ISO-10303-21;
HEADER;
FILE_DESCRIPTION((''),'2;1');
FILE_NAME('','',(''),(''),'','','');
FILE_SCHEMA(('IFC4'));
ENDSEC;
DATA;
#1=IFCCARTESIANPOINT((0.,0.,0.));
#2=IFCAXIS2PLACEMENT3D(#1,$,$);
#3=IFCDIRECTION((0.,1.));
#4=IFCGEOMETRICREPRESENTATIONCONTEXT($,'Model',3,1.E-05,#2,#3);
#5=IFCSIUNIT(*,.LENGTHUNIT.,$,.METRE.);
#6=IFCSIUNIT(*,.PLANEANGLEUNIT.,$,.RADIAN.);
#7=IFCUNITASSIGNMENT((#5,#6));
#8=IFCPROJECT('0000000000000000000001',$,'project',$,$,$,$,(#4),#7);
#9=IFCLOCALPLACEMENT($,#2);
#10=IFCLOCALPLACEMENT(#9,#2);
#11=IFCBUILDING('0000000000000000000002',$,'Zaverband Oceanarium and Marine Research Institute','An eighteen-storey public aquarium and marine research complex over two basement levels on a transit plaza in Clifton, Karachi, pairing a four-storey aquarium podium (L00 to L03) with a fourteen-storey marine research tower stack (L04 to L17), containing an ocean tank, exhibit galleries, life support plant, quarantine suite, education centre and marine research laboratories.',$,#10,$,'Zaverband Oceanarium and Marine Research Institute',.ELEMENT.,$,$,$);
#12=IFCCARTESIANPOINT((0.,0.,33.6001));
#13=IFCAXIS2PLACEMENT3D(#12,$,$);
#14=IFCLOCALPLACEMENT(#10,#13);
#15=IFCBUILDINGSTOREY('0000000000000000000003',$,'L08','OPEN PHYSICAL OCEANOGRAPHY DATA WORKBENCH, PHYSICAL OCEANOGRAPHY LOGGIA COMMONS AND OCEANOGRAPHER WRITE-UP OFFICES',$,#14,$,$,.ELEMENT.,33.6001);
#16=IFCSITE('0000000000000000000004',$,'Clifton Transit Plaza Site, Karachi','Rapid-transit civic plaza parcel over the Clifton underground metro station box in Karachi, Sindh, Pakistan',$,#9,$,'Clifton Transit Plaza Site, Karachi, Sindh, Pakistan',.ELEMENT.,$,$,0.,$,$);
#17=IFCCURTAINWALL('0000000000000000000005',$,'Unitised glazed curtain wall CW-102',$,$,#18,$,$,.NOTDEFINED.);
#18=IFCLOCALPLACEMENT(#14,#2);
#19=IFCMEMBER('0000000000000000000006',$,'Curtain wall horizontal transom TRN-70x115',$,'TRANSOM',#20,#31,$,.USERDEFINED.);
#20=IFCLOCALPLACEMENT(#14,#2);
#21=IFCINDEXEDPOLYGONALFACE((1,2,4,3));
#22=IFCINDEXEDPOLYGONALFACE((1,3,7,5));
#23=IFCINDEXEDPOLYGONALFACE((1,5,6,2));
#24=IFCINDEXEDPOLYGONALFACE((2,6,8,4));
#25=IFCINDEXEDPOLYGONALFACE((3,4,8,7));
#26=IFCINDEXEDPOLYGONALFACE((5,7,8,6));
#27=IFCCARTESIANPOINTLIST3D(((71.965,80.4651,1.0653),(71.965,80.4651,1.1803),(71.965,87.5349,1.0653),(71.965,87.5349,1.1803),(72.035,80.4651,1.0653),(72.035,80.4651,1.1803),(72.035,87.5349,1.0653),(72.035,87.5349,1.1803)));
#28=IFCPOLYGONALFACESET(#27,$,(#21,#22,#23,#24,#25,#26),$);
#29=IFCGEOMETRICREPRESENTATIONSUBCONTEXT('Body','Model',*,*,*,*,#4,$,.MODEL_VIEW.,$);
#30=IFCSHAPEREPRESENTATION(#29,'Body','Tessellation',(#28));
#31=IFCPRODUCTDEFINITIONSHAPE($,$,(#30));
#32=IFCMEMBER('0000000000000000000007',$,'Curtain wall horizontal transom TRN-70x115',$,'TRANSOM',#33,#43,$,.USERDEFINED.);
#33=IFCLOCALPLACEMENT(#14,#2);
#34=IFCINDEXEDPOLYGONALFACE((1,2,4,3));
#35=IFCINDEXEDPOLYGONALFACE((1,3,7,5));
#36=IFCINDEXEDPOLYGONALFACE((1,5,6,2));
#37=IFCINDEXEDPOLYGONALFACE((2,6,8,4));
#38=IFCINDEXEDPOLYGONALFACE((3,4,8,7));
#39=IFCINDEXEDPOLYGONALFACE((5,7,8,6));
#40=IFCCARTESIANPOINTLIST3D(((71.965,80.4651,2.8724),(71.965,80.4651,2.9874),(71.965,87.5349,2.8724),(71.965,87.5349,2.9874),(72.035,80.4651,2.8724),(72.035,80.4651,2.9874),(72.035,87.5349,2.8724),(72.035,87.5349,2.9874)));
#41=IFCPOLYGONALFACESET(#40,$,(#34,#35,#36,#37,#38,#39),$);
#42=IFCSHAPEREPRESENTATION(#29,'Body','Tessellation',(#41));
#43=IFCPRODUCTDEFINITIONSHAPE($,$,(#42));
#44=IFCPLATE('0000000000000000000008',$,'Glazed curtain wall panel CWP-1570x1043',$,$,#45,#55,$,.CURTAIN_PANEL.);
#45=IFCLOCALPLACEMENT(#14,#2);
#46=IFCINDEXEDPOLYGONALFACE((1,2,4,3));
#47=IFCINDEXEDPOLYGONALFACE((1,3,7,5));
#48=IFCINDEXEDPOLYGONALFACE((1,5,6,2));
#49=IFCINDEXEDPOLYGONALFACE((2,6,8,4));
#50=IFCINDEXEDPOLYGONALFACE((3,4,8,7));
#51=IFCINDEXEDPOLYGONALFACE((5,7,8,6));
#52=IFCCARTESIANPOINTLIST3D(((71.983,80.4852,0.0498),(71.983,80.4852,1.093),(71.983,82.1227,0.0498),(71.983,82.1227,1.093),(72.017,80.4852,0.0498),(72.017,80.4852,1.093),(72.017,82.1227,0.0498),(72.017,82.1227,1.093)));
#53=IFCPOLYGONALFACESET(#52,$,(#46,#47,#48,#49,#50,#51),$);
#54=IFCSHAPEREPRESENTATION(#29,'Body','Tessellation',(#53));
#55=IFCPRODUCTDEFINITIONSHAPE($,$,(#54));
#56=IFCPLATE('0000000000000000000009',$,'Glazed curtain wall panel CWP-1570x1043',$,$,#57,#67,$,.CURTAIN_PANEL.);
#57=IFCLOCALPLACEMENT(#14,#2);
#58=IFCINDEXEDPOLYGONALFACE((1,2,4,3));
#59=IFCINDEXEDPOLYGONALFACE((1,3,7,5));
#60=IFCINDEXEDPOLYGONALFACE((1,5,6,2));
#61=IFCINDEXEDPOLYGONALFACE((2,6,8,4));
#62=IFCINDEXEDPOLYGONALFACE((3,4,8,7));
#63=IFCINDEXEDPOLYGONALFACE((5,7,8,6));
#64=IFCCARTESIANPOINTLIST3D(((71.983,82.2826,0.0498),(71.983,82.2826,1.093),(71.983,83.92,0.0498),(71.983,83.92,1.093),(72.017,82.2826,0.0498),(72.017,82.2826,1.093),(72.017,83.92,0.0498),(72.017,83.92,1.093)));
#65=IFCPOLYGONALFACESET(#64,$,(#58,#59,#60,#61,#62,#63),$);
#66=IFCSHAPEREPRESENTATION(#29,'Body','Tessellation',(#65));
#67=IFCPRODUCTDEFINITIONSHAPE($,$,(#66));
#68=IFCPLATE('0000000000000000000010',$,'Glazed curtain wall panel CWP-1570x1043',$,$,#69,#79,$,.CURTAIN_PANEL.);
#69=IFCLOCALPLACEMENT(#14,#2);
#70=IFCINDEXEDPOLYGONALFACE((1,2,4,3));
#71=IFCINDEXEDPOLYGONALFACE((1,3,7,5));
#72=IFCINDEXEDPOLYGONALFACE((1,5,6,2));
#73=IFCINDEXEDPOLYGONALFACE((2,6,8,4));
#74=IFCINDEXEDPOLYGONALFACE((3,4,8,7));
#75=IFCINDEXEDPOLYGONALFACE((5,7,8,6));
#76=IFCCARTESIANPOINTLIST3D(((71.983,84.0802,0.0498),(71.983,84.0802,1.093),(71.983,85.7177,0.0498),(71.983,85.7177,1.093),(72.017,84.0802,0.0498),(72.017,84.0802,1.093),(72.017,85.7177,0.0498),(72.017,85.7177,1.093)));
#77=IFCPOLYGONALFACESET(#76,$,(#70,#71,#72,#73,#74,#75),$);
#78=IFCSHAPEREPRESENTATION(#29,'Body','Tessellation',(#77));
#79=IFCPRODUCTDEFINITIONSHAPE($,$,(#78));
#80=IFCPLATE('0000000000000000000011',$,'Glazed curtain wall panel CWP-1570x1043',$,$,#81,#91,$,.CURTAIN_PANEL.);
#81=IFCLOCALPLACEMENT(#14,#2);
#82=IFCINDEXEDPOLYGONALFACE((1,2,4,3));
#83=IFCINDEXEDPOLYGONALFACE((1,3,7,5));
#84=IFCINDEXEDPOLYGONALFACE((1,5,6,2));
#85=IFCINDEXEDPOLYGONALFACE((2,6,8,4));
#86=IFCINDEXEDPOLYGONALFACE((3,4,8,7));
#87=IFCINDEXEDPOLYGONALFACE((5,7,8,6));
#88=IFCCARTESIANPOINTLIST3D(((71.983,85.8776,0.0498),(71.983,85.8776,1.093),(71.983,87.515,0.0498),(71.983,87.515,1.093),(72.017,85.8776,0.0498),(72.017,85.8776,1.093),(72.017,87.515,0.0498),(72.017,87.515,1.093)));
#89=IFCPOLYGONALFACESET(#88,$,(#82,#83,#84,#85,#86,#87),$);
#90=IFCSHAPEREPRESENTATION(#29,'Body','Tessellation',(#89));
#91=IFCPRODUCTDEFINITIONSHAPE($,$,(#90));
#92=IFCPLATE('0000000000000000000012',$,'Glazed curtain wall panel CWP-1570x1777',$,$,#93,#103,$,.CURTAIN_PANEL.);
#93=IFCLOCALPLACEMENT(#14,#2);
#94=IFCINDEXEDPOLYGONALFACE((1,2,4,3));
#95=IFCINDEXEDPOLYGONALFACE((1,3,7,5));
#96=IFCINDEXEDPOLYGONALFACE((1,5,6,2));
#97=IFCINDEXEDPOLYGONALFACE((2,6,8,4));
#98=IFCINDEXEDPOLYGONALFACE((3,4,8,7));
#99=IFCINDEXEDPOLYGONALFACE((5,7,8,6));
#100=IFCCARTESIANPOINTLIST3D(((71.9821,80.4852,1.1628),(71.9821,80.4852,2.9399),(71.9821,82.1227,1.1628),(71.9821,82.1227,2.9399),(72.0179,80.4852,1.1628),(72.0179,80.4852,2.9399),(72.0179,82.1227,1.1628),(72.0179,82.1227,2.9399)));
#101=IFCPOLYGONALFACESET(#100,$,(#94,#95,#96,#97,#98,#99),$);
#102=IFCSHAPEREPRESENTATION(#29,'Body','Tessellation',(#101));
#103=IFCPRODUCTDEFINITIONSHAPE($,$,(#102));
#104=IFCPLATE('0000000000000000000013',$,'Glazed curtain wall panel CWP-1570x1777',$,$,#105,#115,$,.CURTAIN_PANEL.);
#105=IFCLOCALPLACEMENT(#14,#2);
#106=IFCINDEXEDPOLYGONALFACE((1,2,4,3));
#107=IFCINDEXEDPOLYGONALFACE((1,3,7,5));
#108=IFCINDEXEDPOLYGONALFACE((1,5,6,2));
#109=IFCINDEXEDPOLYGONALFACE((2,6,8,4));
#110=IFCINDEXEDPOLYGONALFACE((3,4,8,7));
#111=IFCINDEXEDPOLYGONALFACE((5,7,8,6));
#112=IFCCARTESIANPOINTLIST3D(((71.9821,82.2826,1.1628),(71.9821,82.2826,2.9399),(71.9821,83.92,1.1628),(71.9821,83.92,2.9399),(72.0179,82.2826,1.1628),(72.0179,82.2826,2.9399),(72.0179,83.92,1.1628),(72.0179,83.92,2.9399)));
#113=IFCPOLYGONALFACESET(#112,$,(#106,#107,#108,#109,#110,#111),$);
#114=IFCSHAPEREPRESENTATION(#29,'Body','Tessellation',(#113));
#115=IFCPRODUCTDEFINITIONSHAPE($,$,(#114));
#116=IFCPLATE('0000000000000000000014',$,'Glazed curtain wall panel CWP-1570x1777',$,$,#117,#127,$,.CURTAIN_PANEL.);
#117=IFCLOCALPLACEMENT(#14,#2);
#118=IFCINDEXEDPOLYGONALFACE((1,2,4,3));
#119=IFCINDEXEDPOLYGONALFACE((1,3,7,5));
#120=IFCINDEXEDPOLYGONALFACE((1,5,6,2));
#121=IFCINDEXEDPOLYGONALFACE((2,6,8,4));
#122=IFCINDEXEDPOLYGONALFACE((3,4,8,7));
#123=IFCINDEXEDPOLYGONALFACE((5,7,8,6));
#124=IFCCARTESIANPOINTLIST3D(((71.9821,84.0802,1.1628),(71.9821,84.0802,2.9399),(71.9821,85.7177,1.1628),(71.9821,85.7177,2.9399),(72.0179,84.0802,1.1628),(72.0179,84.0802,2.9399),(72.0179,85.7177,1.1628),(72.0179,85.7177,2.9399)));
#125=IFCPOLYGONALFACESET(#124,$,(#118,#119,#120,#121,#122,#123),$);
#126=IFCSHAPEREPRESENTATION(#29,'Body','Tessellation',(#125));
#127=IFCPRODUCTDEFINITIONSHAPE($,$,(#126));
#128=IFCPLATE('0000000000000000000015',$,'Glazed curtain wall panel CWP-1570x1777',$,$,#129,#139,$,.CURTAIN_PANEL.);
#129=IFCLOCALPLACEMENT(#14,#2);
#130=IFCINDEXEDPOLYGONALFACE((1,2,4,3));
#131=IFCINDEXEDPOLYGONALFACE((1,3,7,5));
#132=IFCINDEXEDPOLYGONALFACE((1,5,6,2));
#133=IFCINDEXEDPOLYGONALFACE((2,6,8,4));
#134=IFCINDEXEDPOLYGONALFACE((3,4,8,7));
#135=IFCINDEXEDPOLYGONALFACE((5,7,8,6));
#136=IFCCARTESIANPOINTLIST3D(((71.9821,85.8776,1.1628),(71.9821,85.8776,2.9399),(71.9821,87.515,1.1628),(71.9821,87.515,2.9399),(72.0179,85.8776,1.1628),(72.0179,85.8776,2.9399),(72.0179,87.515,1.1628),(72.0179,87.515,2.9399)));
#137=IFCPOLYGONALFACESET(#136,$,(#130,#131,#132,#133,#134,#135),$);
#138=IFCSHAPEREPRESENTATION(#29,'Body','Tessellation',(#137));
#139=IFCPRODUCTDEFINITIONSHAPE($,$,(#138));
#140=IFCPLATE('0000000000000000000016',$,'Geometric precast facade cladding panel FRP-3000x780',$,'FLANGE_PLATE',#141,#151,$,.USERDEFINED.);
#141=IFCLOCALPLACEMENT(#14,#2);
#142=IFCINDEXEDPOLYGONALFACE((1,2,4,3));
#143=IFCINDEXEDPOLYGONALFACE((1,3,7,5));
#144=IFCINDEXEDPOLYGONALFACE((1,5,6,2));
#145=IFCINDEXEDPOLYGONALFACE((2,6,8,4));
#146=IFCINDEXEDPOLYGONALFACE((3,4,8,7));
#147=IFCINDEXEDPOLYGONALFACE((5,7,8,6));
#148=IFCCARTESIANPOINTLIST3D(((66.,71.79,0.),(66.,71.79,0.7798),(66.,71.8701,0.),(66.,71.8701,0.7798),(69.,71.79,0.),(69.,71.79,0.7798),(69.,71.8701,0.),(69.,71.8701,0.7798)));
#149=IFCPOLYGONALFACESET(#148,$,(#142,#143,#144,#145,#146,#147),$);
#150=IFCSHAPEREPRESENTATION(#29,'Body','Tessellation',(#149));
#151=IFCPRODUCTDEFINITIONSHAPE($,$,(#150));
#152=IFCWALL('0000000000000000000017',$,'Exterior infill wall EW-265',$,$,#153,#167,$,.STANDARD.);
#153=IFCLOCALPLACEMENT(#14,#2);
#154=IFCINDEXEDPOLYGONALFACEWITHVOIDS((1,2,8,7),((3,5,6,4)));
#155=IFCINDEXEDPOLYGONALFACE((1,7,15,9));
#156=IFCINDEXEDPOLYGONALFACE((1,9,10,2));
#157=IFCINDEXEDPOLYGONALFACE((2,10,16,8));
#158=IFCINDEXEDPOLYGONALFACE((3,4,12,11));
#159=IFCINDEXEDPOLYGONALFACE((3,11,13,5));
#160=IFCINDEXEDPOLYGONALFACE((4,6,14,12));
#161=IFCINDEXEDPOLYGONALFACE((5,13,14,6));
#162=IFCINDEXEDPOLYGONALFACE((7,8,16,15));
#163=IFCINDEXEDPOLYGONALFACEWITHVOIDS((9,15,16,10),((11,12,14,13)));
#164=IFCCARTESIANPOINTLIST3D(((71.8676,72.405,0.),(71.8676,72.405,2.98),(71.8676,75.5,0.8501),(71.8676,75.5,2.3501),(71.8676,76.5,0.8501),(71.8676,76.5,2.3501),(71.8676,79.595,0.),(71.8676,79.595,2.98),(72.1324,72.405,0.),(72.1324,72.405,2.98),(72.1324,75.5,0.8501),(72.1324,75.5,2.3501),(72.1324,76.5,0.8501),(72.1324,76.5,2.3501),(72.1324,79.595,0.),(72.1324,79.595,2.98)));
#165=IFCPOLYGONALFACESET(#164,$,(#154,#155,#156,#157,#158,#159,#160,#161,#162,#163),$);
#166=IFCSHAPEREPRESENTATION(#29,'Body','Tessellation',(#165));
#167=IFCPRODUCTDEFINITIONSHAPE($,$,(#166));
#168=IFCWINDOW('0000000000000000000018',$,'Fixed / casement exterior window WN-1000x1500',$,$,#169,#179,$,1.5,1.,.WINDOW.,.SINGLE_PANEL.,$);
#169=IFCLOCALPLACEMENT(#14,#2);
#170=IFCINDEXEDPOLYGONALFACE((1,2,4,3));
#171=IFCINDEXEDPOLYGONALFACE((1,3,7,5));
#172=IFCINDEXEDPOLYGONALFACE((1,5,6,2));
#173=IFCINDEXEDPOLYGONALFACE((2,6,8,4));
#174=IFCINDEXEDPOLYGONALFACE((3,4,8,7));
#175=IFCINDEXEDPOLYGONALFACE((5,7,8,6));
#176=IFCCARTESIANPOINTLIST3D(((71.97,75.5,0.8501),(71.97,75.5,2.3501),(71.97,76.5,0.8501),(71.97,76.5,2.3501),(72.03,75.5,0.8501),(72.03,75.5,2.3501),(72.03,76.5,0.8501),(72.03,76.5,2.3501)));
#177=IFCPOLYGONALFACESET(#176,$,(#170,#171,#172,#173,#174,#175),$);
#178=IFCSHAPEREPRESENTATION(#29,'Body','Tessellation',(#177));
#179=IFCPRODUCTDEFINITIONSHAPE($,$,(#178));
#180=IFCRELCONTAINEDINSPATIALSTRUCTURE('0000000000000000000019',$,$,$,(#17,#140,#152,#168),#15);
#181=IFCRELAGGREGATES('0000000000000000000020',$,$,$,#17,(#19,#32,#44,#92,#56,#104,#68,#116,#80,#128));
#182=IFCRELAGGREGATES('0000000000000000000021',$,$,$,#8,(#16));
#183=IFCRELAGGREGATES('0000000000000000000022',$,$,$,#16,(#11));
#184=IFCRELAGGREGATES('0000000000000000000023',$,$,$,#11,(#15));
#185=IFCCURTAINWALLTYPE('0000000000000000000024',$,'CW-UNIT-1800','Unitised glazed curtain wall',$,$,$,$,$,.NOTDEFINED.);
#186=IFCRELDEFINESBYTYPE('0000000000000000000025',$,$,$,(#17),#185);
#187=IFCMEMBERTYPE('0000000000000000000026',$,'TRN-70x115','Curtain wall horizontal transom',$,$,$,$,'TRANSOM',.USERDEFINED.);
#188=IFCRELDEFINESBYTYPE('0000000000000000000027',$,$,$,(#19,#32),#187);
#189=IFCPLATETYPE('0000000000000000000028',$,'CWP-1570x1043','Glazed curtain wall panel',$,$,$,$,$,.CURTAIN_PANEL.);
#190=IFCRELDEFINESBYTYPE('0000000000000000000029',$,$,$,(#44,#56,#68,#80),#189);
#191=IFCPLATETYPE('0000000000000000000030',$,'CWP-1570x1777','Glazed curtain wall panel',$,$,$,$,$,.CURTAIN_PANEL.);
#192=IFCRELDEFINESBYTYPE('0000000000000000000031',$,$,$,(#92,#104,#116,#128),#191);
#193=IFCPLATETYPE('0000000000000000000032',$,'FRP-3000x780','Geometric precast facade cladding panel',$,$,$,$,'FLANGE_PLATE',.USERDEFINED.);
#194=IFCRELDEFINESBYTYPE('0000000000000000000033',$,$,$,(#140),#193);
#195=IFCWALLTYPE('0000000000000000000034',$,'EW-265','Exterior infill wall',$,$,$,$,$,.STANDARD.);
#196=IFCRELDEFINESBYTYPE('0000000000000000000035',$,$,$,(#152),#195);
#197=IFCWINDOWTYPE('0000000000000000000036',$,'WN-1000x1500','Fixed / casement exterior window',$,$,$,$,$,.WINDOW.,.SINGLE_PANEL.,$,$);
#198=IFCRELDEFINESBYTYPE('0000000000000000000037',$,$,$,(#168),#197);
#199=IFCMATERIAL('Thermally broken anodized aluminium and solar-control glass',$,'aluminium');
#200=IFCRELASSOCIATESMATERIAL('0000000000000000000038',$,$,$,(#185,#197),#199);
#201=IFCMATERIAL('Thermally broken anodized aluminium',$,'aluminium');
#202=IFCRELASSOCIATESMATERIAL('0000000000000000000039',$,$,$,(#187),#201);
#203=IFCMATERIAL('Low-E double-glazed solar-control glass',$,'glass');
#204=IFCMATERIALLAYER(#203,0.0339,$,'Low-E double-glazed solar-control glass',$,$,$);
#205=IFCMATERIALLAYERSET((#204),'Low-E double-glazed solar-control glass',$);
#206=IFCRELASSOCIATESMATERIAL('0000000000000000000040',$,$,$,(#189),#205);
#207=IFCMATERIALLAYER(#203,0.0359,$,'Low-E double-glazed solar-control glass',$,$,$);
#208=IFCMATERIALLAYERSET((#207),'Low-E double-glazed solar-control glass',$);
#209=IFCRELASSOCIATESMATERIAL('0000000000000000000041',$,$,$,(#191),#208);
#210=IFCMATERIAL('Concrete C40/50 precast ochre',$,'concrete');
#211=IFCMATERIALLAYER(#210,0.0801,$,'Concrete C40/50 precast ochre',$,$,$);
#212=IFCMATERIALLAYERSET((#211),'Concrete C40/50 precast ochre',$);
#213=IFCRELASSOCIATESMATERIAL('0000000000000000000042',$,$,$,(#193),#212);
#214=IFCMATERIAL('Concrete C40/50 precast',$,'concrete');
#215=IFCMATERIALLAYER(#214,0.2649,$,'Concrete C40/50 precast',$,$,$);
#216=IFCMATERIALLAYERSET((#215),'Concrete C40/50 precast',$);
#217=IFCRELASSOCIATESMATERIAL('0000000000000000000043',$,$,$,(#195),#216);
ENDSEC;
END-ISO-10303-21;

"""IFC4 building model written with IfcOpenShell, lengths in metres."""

from ifc_helpers import new_model, si_unit, direction, frame, frame_2d, origin, origin_2d, place, context, subcontext, project, spatial, rectangle, extrude, material, layer, layer_set, material_profile, profile_set, type_object, element, fill, aggregate, save


model = new_model("IFC4")

# Units and contexts
model_context = context("Model", 3, precision=1e-05, world=origin(), true_north=direction((0.0, 1.0)))
body_context = subcontext(model_context, "Body", "Model", "MODEL_VIEW")
ifc_project = project(units=[si_unit("LENGTHUNIT", "METRE"), si_unit("PLANEANGLEUNIT", "RADIAN")], contexts=[model_context])

# Site, building, storey
site_placement = place(None, origin())
site = spatial("IfcSite", under=ifc_project, at=site_placement, Name="Clifton Transit Plaza Site, Karachi", Description="Rapid-transit civic plaza parcel over the Clifton underground metro station box in Karachi, Sindh, Pakistan", LongName="Clifton Transit Plaza Site, Karachi, Sindh, Pakistan", CompositionType="ELEMENT", RefElevation=0.0)
building_placement = place(site_placement, origin())
building = spatial("IfcBuilding", under=site, at=building_placement, Name="Zaverband Oceanarium and Marine Research Institute", Description="An eighteen-storey public aquarium and marine research complex over two basement levels on a transit plaza in Clifton, Karachi, pairing a four-storey aquarium podium (L00 to L03) with a fourteen-storey marine research tower stack (L04 to L17), containing an ocean tank, exhibit galleries, life support plant, quarantine suite, education centre and marine research laboratories.", LongName="Zaverband Oceanarium and Marine Research Institute", CompositionType="ELEMENT")
storey_placement = place(building_placement, frame((0.0, 0.0, 33.6001)))
storey = spatial("IfcBuildingStorey", under=building, at=storey_placement, Name="L08", Description="OPEN PHYSICAL OCEANOGRAPHY DATA WORKBENCH, PHYSICAL OCEANOGRAPHY LOGGIA COMMONS AND OCEANOGRAPHER WRITE-UP OFFICES", CompositionType="ELEMENT", Elevation=33.6001)

# Curtain wall
ifc_material_1 = material(Name="Thermally broken anodized aluminium and solar-control glass", Category="aluminium")
curtain_wall_type = type_object("IfcCurtainWallType", Name="CW-UNIT-1800", Description="Unitised glazed curtain wall", PredefinedType="NOTDEFINED", material=ifc_material_1)
curtain_wall_placement = place(storey_placement, origin())
curtain_wall = element("IfcCurtainWall", 1, at=curtain_wall_placement, inside=storey, type_object=curtain_wall_type, Name="Unitised glazed curtain wall CW-102", PredefinedType="NOTDEFINED")
ifc_material_2 = material(Name="Thermally broken anodized aluminium", Category="aluminium")

# Members
ifc_material_profile_1 = material_profile(ifc_material_2, rectangle(XDim=0.0701, YDim=0.115, at=origin_2d()), Name="AL-TRN-70x115")
ifc_profile_set_1 = profile_set([ifc_material_profile_1], Name="Thermally broken anodized aluminium")
member_type_1 = type_object("IfcMemberType", Name="TRN-70x115", Description="Curtain wall horizontal transom", ElementType="TRANSOM", PredefinedType="USERDEFINED", material=ifc_profile_set_1)
member_1_placement = place(storey_placement, frame((72.0, 80.4651, 1.1228), z_axis=(0.0, 1.0, 0.0), x_axis=(-1.0, 0.0, 0.0)))
member_1 = element("IfcMember", 2, at=member_1_placement, type_object=member_type_1, Name="Curtain wall horizontal transom TRN-70x115", ObjectType="TRANSOM", PredefinedType="USERDEFINED", context=body_context, shape_type="SweptSolid", body=[
    extrude(rectangle(XDim=0.0701, YDim=0.115, at=origin_2d()), origin(), (0.0, 0.0, 1.0), 7.0698),
])
member_2_placement = place(storey_placement, frame((72.0, 80.4651, 2.9299), z_axis=(0.0, 1.0, 0.0), x_axis=(-1.0, 0.0, 0.0)))
member_2 = element("IfcMember", 3, at=member_2_placement, type_object=member_type_1, Name="Curtain wall horizontal transom TRN-70x115", ObjectType="TRANSOM", PredefinedType="USERDEFINED", context=body_context, shape_type="SweptSolid", body=[
    extrude(rectangle(XDim=0.0701, YDim=0.115, at=origin_2d()), origin(), (0.0, 0.0, 1.0), 7.0698),
])

# Plates
ifc_material_3 = material(Name="Low-E double-glazed solar-control glass", Category="glass")
ifc_layer_1 = layer(ifc_material_3, 0.0339, Name="Low-E double-glazed solar-control glass")
ifc_layer_set_1 = layer_set([ifc_layer_1], Name="Low-E double-glazed solar-control glass")
plate_type_1 = type_object("IfcPlateType", Name="CWP-1570x1043", Description="Glazed curtain wall panel", PredefinedType="CURTAIN_PANEL", material=ifc_layer_set_1)
plate_1_placement = place(storey_placement, frame((72.0, 80.4851, 0.0498), z_axis=(0.0, 0.0, 1.0), x_axis=(0.0, 1.0, 0.0)))
plate_1 = element("IfcPlate", 4, at=plate_1_placement, type_object=plate_type_1, Name="Glazed curtain wall panel CWP-1570x1043", PredefinedType="CURTAIN_PANEL", context=body_context, shape_type="SweptSolid", body=[
    extrude(rectangle(XDim=1.6375, YDim=0.0339, at=frame_2d((0.8188, 0.0))), origin(), (0.0, 0.0, 1.0), 1.0432),
])
plate_2_placement = place(storey_placement, frame((72.0, 82.2825, 0.0498), z_axis=(0.0, 0.0, 1.0), x_axis=(0.0, 1.0, 0.0)))
plate_2 = element("IfcPlate", 5, at=plate_2_placement, type_object=plate_type_1, Name="Glazed curtain wall panel CWP-1570x1043", PredefinedType="CURTAIN_PANEL", context=body_context, shape_type="SweptSolid", body=[
    extrude(rectangle(XDim=1.6375, YDim=0.0339, at=frame_2d((0.8188, 0.0))), origin(), (0.0, 0.0, 1.0), 1.0432),
])
plate_3_placement = place(storey_placement, frame((72.0, 84.0801, 0.0498), z_axis=(0.0, 0.0, 1.0), x_axis=(0.0, 1.0, 0.0)))
plate_3 = element("IfcPlate", 6, at=plate_3_placement, type_object=plate_type_1, Name="Glazed curtain wall panel CWP-1570x1043", PredefinedType="CURTAIN_PANEL", context=body_context, shape_type="SweptSolid", body=[
    extrude(rectangle(XDim=1.6375, YDim=0.0339, at=frame_2d((0.8188, 0.0))), origin(), (0.0, 0.0, 1.0), 1.0432),
])
plate_4_placement = place(storey_placement, frame((72.0, 85.8774, 0.0498), z_axis=(0.0, 0.0, 1.0), x_axis=(0.0, 1.0, 0.0)))
plate_4 = element("IfcPlate", 7, at=plate_4_placement, type_object=plate_type_1, Name="Glazed curtain wall panel CWP-1570x1043", PredefinedType="CURTAIN_PANEL", context=body_context, shape_type="SweptSolid", body=[
    extrude(rectangle(XDim=1.6375, YDim=0.0339, at=frame_2d((0.8188, 0.0))), origin(), (0.0, 0.0, 1.0), 1.0432),
])
ifc_layer_2 = layer(ifc_material_3, 0.0359, Name="Low-E double-glazed solar-control glass")
ifc_layer_set_2 = layer_set([ifc_layer_2], Name="Low-E double-glazed solar-control glass")
plate_type_2 = type_object("IfcPlateType", Name="CWP-1570x1777", Description="Glazed curtain wall panel", PredefinedType="CURTAIN_PANEL", material=ifc_layer_set_2)
plate_5_placement = place(storey_placement, frame((72.0, 80.4851, 1.1628), z_axis=(0.0, 0.0, 1.0), x_axis=(0.0, 1.0, 0.0)))
plate_5 = element("IfcPlate", 8, at=plate_5_placement, type_object=plate_type_2, Name="Glazed curtain wall panel CWP-1570x1777", PredefinedType="CURTAIN_PANEL", context=body_context, shape_type="SweptSolid", body=[
    extrude(rectangle(XDim=1.6375, YDim=0.0359, at=frame_2d((0.8188, 0.0))), origin(), (0.0, 0.0, 1.0), 1.7771),
])
plate_6_placement = place(storey_placement, frame((72.0, 82.2825, 1.1628), z_axis=(0.0, 0.0, 1.0), x_axis=(0.0, 1.0, 0.0)))
plate_6 = element("IfcPlate", 9, at=plate_6_placement, type_object=plate_type_2, Name="Glazed curtain wall panel CWP-1570x1777", PredefinedType="CURTAIN_PANEL", context=body_context, shape_type="SweptSolid", body=[
    extrude(rectangle(XDim=1.6375, YDim=0.0359, at=frame_2d((0.8188, 0.0))), origin(), (0.0, 0.0, 1.0), 1.7771),
])
plate_7_placement = place(storey_placement, frame((72.0, 84.0801, 1.1628), z_axis=(0.0, 0.0, 1.0), x_axis=(0.0, 1.0, 0.0)))
plate_7 = element("IfcPlate", 10, at=plate_7_placement, type_object=plate_type_2, Name="Glazed curtain wall panel CWP-1570x1777", PredefinedType="CURTAIN_PANEL", context=body_context, shape_type="SweptSolid", body=[
    extrude(rectangle(XDim=1.6375, YDim=0.0359, at=frame_2d((0.8188, 0.0))), origin(), (0.0, 0.0, 1.0), 1.7771),
])
plate_8_placement = place(storey_placement, frame((72.0, 85.8774, 1.1628), z_axis=(0.0, 0.0, 1.0), x_axis=(0.0, 1.0, 0.0)))
plate_8 = element("IfcPlate", 11, at=plate_8_placement, type_object=plate_type_2, Name="Glazed curtain wall panel CWP-1570x1777", PredefinedType="CURTAIN_PANEL", context=body_context, shape_type="SweptSolid", body=[
    extrude(rectangle(XDim=1.6375, YDim=0.0359, at=frame_2d((0.8188, 0.0))), origin(), (0.0, 0.0, 1.0), 1.7771),
])
aggregate(curtain_wall, [member_1, member_2, plate_1, plate_5, plate_2, plate_6, plate_3, plate_7, plate_4, plate_8])
ifc_material_4 = material(Name="Concrete C40/50 precast ochre", Category="concrete")
ifc_layer_3 = layer(ifc_material_4, 0.0801, Name="Concrete C40/50 precast ochre")
ifc_layer_set_3 = layer_set([ifc_layer_3], Name="Concrete C40/50 precast ochre")
plate_type_3 = type_object("IfcPlateType", Name="FRP-3000x780", Description="Geometric precast facade cladding panel", ElementType="FLANGE_PLATE", PredefinedType="USERDEFINED", material=ifc_layer_set_3)
plate_9_placement = place(storey_placement, frame((66.0, 71.8301, 0.0), z_axis=(0.0, 0.0, 1.0), x_axis=(1.0, 0.0, 0.0)))
element("IfcPlate", 12, at=plate_9_placement, inside=storey, type_object=plate_type_3, Name="Geometric precast facade cladding panel FRP-3000x780", ObjectType="FLANGE_PLATE", PredefinedType="USERDEFINED", context=body_context, shape_type="SweptSolid", body=[
    extrude(rectangle(XDim=3.0, YDim=0.0801, at=frame_2d((1.5, 0.0))), origin(), (0.0, 0.0, 1.0), 0.7798),
])

# Wall, opening, window
ifc_material_5 = material(Name="Concrete C40/50 precast", Category="concrete")
ifc_layer_4 = layer(ifc_material_5, 0.2649, Name="Concrete C40/50 precast")
ifc_layer_set_4 = layer_set([ifc_layer_4], Name="Concrete C40/50 precast")
wall_type_1 = type_object("IfcWallType", Name="EW-265", Description="Exterior infill wall", PredefinedType="STANDARD", material=ifc_layer_set_4)
wall_1_placement = place(storey_placement, frame((72.0, 72.405, 0.0), z_axis=(0.0, 0.0, 1.0), x_axis=(0.0, 1.0, 0.0)))
wall_1 = element("IfcWall", 13, at=wall_1_placement, inside=storey, type_object=wall_type_1, Name="Exterior infill wall EW-265", PredefinedType="STANDARD", context=body_context, shape_type="SweptSolid", body=[
    extrude(rectangle(XDim=7.1899, YDim=0.2649, at=frame_2d((3.595, 0.0))), origin(), (0.0, 0.0, 1.0), 2.98),
])
opening_1_placement = place(wall_1_placement, frame((3.095, 0.0, 0.8501)))
opening_1 = element("IfcOpeningElement", 14, at=opening_1_placement, cuts=wall_1, PredefinedType="OPENING", context=body_context, shape_type="SweptSolid", body=[
    extrude(rectangle(XDim=1.0, YDim=1.5, at=frame_2d((0.5, 0.75))), frame((0.0, 0.1445, 0.0), z_axis=(0.0, -1.0, 0.0), x_axis=(1.0, 0.0, 0.0)), (0.0, 0.0, 1.0), 0.2888),
])
window_type_1 = type_object("IfcWindowType", Name="WN-1000x1500", Description="Fixed / casement exterior window", PartitioningType="SINGLE_PANEL", PredefinedType="WINDOW", material=ifc_material_1)
window_1_placement = place(opening_1_placement, origin())
window_1 = element("IfcWindow", 15, at=window_1_placement, inside=storey, type_object=window_type_1, Name="Fixed / casement exterior window WN-1000x1500", OverallHeight=1.5, OverallWidth=1.0, PartitioningType="SINGLE_PANEL", PredefinedType="WINDOW", context=body_context, shape_type="SweptSolid", body=[
    extrude(rectangle(XDim=1.0, YDim=1.5, at=frame_2d((0.5, 0.75))), frame((0.0, 0.03, 0.0), z_axis=(0.0, -1.0, 0.0), x_axis=(1.0, 0.0, 0.0)), (0.0, 0.0, 1.0), 0.0601),
])
fill(opening_1, window_1)

save(model, "model.ifc")
